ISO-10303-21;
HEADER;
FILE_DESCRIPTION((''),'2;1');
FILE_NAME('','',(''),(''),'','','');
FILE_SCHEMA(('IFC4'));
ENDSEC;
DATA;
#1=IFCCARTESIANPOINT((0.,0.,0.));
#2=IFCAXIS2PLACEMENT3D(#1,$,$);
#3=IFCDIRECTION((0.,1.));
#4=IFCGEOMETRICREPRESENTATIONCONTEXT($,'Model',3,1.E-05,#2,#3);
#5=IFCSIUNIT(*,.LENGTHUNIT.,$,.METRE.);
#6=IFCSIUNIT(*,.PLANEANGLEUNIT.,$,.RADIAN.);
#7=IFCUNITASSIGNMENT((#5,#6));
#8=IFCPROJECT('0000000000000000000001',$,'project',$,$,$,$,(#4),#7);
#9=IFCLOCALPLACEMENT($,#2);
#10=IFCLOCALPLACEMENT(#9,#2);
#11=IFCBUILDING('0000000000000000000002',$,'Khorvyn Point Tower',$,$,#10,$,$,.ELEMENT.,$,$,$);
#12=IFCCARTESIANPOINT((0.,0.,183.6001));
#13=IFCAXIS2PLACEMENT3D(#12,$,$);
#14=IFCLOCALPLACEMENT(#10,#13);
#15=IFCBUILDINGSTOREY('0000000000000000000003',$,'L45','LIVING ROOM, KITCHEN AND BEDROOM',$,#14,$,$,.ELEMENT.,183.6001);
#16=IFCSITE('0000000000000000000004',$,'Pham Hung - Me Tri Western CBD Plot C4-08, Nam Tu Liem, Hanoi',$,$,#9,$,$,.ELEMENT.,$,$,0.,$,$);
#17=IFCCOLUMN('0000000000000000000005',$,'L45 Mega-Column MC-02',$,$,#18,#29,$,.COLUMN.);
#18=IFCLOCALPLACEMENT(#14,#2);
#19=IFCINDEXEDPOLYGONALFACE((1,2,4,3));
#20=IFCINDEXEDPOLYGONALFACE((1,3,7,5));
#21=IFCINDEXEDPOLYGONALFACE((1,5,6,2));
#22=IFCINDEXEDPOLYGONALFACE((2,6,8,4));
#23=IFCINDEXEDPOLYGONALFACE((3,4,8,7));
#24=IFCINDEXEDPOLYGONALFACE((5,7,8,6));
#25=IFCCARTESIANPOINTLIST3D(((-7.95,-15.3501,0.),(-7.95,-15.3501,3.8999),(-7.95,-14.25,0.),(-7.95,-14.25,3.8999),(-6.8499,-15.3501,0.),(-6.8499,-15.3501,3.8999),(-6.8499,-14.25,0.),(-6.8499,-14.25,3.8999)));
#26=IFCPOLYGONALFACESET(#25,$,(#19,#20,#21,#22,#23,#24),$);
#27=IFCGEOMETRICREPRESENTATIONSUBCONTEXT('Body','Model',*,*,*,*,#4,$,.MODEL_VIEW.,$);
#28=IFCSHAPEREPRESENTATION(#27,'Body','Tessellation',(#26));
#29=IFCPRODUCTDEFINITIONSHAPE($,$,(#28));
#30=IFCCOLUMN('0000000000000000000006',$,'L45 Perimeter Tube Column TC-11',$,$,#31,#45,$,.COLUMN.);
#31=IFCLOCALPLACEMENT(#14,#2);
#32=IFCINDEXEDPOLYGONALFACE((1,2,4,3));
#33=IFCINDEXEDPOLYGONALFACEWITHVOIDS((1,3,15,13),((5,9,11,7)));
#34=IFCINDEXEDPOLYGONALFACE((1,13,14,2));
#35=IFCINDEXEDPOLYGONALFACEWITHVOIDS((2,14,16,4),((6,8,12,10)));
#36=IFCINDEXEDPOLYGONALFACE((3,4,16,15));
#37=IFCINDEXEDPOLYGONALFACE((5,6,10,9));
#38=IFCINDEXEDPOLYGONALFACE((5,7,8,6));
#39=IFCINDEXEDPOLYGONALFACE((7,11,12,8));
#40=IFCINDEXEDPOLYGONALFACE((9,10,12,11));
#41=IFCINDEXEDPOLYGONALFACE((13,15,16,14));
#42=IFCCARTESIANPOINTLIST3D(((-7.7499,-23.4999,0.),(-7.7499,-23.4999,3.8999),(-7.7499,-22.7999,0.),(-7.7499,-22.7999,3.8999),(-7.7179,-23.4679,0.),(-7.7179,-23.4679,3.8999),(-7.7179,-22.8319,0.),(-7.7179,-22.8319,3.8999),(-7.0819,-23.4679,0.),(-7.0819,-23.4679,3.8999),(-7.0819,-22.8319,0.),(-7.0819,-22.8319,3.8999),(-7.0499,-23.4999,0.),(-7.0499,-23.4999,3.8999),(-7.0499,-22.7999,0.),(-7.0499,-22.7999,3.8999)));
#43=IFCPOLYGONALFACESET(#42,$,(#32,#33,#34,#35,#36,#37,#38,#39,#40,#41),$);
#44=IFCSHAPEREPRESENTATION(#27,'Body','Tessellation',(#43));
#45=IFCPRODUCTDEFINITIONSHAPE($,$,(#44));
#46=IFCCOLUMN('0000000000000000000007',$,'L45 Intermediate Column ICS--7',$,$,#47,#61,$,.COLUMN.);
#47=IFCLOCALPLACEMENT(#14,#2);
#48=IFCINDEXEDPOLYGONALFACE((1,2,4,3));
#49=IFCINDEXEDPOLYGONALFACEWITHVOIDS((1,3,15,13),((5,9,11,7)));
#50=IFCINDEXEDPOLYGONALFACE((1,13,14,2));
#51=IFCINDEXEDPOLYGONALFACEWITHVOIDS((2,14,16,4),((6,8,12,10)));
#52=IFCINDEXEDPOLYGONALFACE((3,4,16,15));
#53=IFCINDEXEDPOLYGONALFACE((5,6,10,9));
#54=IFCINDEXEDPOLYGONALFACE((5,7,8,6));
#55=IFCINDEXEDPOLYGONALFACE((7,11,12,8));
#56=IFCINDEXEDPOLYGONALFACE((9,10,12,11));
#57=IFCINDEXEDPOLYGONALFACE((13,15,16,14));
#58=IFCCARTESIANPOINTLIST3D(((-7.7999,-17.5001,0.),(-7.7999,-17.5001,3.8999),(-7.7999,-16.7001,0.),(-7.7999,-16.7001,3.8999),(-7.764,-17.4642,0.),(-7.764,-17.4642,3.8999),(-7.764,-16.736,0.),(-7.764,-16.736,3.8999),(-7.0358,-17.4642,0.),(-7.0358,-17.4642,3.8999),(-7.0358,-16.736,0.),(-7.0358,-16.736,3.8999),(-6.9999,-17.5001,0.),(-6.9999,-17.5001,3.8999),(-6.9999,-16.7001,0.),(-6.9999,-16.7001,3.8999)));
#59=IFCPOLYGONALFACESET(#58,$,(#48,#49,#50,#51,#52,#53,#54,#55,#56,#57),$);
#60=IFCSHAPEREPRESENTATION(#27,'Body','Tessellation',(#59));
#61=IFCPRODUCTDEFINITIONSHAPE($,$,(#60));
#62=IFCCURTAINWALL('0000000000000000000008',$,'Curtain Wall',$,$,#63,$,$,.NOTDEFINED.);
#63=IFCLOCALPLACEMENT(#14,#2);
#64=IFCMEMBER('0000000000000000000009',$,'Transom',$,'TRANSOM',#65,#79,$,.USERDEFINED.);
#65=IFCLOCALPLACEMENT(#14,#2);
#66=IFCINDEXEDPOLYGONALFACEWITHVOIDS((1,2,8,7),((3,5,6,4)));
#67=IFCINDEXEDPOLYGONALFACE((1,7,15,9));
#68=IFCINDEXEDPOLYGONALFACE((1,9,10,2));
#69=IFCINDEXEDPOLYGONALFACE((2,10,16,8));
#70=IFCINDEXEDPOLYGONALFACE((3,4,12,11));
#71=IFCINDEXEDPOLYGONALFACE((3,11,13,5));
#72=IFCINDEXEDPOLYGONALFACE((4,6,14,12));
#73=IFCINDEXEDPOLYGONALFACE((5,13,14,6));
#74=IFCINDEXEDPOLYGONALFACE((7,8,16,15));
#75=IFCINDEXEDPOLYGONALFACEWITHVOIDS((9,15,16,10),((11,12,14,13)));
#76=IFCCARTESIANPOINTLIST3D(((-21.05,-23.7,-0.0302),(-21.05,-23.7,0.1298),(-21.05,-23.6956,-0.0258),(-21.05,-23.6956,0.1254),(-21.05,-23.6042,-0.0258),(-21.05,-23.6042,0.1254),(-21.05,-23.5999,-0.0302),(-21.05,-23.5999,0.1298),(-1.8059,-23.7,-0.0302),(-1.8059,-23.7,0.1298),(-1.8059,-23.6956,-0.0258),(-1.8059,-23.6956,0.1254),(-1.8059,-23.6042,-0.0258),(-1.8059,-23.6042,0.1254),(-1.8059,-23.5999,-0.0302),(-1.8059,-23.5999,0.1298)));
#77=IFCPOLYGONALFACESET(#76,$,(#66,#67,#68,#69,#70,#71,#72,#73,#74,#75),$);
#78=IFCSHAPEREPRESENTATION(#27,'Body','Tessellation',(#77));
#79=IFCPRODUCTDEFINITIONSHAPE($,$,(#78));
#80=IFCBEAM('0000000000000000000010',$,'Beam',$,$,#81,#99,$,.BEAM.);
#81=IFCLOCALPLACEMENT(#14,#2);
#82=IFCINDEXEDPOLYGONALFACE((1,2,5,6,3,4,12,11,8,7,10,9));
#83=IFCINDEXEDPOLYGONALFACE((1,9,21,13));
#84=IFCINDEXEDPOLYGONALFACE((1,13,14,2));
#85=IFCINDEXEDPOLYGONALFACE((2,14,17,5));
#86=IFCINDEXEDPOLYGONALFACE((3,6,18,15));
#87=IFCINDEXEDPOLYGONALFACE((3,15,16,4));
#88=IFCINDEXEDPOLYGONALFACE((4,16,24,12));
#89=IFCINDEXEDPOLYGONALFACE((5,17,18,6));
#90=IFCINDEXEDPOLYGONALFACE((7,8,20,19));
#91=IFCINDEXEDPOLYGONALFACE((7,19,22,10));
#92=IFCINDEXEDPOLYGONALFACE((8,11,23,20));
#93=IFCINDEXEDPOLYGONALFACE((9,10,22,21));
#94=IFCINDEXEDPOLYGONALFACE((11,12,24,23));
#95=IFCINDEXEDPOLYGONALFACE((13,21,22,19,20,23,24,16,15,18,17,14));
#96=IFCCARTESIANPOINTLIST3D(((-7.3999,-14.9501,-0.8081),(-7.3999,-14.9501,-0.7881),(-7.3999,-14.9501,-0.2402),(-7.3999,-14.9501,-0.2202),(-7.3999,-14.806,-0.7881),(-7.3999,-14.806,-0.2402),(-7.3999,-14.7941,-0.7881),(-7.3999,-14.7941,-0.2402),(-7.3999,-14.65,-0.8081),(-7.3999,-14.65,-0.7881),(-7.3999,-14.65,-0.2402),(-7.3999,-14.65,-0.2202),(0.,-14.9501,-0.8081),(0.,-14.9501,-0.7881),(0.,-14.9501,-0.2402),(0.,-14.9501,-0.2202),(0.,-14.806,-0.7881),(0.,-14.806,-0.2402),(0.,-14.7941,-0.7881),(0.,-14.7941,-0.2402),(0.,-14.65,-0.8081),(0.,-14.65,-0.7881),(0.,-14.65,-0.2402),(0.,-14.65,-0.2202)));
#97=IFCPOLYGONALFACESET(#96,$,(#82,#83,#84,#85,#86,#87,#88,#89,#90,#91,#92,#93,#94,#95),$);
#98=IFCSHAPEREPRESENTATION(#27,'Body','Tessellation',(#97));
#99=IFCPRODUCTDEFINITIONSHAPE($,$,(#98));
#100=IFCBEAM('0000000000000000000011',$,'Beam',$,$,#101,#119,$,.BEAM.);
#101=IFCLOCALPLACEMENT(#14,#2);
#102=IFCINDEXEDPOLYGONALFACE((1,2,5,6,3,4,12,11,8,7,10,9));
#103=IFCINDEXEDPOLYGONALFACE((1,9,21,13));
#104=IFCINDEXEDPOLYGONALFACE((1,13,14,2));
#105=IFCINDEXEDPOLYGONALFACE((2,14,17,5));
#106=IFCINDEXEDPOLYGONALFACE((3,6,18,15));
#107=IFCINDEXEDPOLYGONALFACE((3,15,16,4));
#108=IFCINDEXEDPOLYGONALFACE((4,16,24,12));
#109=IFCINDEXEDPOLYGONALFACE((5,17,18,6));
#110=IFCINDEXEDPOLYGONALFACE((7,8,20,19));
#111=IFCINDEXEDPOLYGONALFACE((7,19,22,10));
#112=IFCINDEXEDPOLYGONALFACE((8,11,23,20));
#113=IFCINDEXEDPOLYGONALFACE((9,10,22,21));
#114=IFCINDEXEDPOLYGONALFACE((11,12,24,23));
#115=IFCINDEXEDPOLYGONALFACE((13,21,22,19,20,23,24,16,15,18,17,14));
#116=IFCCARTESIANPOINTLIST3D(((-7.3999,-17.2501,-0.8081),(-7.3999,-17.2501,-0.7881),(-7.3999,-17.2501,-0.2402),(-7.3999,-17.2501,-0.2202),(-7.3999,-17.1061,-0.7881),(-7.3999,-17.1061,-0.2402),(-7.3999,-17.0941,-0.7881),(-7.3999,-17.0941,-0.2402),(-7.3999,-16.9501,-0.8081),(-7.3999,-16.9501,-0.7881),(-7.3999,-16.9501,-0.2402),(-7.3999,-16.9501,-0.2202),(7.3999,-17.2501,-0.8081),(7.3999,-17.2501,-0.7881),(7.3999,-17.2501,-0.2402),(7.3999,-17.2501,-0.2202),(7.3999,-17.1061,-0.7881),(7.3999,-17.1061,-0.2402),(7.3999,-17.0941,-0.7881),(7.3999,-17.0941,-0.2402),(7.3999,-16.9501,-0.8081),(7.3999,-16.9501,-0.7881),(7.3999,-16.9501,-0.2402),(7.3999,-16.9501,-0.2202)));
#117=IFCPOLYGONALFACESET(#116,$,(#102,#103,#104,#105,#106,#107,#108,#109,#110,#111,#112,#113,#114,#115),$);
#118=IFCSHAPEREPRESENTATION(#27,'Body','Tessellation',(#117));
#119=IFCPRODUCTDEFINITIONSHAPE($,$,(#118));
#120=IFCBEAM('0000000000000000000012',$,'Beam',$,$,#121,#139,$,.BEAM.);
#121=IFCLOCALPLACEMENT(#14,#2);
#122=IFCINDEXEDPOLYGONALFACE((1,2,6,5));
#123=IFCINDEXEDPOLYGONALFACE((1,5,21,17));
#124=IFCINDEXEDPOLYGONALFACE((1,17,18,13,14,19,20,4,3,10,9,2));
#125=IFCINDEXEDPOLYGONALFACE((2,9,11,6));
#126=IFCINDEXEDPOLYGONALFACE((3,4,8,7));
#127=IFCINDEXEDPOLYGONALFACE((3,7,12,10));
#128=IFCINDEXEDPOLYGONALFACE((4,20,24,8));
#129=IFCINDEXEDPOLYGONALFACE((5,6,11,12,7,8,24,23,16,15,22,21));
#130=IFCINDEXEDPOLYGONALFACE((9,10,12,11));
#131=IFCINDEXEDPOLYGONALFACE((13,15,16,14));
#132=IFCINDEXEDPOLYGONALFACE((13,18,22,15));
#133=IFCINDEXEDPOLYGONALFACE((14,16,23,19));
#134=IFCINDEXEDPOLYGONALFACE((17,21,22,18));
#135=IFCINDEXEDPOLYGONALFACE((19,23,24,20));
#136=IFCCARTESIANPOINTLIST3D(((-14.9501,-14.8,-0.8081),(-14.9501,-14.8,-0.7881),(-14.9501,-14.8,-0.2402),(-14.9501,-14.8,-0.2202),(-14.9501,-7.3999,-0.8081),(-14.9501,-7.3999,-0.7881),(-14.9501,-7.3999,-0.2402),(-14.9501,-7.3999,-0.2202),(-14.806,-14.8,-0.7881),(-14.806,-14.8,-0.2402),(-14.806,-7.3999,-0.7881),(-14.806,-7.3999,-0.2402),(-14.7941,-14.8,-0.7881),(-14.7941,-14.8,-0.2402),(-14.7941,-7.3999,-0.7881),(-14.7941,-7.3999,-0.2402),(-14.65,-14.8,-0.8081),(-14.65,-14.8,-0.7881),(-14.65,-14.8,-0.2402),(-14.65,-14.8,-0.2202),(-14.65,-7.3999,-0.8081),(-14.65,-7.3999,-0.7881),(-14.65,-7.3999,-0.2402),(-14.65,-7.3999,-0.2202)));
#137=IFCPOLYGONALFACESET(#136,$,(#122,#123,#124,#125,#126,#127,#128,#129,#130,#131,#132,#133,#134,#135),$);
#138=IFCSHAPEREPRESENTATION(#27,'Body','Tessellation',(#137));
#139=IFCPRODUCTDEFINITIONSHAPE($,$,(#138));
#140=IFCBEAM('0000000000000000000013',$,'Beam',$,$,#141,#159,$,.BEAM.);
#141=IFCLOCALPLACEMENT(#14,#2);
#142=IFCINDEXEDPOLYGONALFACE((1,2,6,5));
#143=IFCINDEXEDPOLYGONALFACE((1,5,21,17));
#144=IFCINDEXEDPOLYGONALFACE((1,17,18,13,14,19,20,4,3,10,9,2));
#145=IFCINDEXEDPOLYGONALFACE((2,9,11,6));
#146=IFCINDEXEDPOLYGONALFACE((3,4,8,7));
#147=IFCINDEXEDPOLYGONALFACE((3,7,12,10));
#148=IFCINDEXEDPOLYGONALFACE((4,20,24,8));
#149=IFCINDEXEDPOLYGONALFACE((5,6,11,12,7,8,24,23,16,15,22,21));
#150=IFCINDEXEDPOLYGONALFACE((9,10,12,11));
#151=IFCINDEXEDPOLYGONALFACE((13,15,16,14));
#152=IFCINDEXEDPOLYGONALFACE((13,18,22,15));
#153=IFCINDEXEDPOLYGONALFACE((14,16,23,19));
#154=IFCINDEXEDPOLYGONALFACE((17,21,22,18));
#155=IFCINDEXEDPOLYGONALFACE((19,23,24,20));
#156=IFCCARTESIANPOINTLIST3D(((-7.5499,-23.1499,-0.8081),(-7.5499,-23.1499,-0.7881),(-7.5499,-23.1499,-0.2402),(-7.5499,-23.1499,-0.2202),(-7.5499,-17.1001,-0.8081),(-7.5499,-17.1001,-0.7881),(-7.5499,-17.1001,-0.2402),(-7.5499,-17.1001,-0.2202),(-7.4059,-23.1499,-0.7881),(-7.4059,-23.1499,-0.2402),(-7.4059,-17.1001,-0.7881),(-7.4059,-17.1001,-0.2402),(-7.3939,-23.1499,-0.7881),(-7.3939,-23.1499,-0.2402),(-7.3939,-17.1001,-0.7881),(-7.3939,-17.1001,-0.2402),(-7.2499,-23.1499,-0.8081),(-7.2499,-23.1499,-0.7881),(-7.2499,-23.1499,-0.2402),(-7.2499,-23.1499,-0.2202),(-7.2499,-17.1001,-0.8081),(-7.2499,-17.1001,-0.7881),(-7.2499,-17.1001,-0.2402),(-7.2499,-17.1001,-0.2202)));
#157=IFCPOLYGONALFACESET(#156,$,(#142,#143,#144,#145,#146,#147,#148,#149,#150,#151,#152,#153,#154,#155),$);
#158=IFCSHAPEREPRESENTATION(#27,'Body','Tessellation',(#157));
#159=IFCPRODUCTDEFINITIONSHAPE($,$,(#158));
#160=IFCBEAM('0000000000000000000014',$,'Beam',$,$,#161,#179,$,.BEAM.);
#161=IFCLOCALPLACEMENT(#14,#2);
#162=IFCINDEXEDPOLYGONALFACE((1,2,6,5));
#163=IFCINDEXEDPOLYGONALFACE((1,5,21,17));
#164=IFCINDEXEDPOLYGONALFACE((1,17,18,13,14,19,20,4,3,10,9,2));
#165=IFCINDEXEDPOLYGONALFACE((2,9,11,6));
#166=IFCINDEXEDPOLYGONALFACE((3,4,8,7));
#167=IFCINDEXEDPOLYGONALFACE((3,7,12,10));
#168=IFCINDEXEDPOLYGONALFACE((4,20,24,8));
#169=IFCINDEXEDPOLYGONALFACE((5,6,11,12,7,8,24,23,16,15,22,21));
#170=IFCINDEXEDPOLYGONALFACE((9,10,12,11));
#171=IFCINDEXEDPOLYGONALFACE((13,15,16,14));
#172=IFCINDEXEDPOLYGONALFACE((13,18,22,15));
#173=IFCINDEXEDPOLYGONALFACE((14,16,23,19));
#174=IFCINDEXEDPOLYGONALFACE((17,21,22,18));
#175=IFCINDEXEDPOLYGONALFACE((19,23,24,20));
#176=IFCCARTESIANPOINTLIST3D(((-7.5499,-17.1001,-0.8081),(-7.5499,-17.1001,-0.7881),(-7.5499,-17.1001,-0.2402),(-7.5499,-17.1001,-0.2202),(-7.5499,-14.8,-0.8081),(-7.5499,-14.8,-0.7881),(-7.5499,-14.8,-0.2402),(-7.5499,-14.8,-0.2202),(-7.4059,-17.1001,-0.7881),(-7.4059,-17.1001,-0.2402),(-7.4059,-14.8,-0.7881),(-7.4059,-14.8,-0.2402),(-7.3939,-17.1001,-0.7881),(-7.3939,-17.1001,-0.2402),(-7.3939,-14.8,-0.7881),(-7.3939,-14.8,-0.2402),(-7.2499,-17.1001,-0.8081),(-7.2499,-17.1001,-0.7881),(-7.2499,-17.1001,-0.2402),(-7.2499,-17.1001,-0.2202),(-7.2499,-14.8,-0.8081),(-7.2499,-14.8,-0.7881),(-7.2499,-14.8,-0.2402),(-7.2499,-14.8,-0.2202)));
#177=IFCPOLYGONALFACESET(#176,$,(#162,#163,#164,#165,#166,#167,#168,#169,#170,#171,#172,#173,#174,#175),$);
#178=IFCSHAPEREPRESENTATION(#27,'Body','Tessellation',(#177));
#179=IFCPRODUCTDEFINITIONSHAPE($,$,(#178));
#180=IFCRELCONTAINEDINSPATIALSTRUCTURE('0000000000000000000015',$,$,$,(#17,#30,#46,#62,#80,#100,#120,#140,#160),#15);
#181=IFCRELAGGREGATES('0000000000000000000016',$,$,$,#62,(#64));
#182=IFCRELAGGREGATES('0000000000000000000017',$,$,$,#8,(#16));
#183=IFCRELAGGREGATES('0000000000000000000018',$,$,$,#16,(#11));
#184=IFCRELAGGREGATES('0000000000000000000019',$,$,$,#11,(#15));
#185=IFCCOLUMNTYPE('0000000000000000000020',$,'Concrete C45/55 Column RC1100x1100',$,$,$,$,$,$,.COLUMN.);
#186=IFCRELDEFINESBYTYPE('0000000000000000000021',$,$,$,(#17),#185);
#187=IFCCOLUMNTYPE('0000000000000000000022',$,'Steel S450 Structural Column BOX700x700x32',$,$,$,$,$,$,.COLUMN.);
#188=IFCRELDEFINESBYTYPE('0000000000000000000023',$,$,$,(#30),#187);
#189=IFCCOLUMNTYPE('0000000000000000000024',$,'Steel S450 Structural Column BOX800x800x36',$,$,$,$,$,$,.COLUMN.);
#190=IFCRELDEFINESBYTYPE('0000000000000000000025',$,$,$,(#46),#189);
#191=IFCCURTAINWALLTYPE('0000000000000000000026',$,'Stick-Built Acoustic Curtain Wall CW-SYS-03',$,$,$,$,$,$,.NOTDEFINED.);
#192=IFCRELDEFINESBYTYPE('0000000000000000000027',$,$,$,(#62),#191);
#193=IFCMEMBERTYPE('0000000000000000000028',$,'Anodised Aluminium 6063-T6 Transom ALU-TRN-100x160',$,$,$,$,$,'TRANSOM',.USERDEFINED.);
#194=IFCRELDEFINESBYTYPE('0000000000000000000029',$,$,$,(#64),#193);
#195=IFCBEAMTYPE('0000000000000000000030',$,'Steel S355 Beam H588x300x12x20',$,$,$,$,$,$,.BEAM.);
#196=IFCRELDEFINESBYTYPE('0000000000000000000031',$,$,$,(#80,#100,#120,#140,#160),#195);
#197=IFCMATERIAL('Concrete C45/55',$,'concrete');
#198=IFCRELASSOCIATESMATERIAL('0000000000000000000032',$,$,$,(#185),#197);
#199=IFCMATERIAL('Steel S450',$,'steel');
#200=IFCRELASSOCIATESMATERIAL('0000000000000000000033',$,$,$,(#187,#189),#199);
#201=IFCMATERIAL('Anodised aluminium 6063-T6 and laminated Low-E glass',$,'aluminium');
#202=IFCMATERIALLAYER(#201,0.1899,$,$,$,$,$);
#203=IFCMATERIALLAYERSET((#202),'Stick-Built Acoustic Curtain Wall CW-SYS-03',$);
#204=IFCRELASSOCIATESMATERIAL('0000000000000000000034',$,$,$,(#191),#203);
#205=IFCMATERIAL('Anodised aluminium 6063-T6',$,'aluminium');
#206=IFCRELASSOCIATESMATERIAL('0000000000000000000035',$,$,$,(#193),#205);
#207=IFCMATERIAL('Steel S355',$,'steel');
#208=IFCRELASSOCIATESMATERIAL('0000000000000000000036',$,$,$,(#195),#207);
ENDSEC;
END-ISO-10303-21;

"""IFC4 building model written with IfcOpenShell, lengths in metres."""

from ifc_helpers import new_model, si_unit, direction, frame, origin, origin_2d, place, context, subcontext, project, spatial, rectangle, hollow_rectangle, i_section, extrude, material, layer, layer_set, material_profile, profile_set, type_object, element, aggregate, save


model = new_model("IFC4")

# Units and contexts
model_context = context("Model", 3, precision=1e-05, world=origin(), true_north=direction((0.0, 1.0)))
body_context = subcontext(model_context, "Body", "Model", "MODEL_VIEW")
ifc_project = project(units=[si_unit("LENGTHUNIT", "METRE"), si_unit("PLANEANGLEUNIT", "RADIAN")], contexts=[model_context])

# Site, building, storey
site_placement = place(None, origin())
site = spatial("IfcSite", under=ifc_project, at=site_placement, Name="Pham Hung - Me Tri Western CBD Plot C4-08, Nam Tu Liem, Hanoi", CompositionType="ELEMENT", RefElevation=0.0)
building_placement = place(site_placement, origin())
building = spatial("IfcBuilding", under=site, at=building_placement, Name="Khorvyn Point Tower", CompositionType="ELEMENT")
storey_placement = place(building_placement, frame((0.0, 0.0, 183.6001)))
storey = spatial("IfcBuildingStorey", under=building, at=storey_placement, Name="L45", Description="LIVING ROOM, KITCHEN AND BEDROOM", CompositionType="ELEMENT", Elevation=183.6001)

# Columns
ifc_material_1 = material(Name="Concrete C45/55", Category="concrete")
ifc_material_profile_1 = material_profile(ifc_material_1, rectangle(XDim=1.1001, YDim=1.1001, at=origin_2d()))
ifc_profile_set_1 = profile_set([ifc_material_profile_1], Name="Concrete C45/55 RC1100x1100")
column_type_1 = type_object("IfcColumnType", Name="Concrete C45/55 Column RC1100x1100", PredefinedType="COLUMN", material=ifc_profile_set_1)
column_1_placement = place(storey_placement, frame((-7.3999, -14.8, 0.0), z_axis=(0.0, 0.0, 1.0), x_axis=(1.0, 0.0, 0.0)))
element("IfcColumn", 1, at=column_1_placement, inside=storey, type_object=column_type_1, Name="L45 Mega-Column MC-02", PredefinedType="COLUMN", context=body_context, shape_type="SweptSolid", body=[
    extrude(rectangle(XDim=1.1001, YDim=1.1001, at=origin_2d()), origin(), (0.0, 0.0, 1.0), 3.8999),
])
ifc_material_2 = material(Name="Steel S450", Category="steel")
ifc_material_profile_2 = material_profile(ifc_material_2, hollow_rectangle(XDim=0.7, YDim=0.7, WallThickness=0.032, at=origin_2d()))
ifc_profile_set_2 = profile_set([ifc_material_profile_2], Name="Steel S450 BOX700x700x32")
column_type_2 = type_object("IfcColumnType", Name="Steel S450 Structural Column BOX700x700x32", PredefinedType="COLUMN", material=ifc_profile_set_2)
column_2_placement = place(storey_placement, frame((-7.3999, -23.1499, 0.0), z_axis=(0.0, 0.0, 1.0), x_axis=(1.0, 0.0, 0.0)))
element("IfcColumn", 2, at=column_2_placement, inside=storey, type_object=column_type_2, Name="L45 Perimeter Tube Column TC-11", PredefinedType="COLUMN", context=body_context, shape_type="SweptSolid", body=[
    extrude(hollow_rectangle(XDim=0.7, YDim=0.7, WallThickness=0.032, at=origin_2d()), origin(), (0.0, 0.0, 1.0), 3.8999),
])
ifc_material_profile_3 = material_profile(ifc_material_2, hollow_rectangle(XDim=0.8, YDim=0.8, WallThickness=0.0359, at=origin_2d()))
ifc_profile_set_3 = profile_set([ifc_material_profile_3], Name="Steel S450 BOX800x800x36")
column_type_3 = type_object("IfcColumnType", Name="Steel S450 Structural Column BOX800x800x36", PredefinedType="COLUMN", material=ifc_profile_set_3)
column_3_placement = place(storey_placement, frame((-7.3999, -17.1001, 0.0), z_axis=(0.0, 0.0, 1.0), x_axis=(1.0, 0.0, 0.0)))
element("IfcColumn", 3, at=column_3_placement, inside=storey, type_object=column_type_3, Name="L45 Intermediate Column ICS--7", PredefinedType="COLUMN", context=body_context, shape_type="SweptSolid", body=[
    extrude(hollow_rectangle(XDim=0.8, YDim=0.8, WallThickness=0.0359, at=origin_2d()), origin(), (0.0, 0.0, 1.0), 3.8999),
])

# Curtain wall, member
ifc_material_3 = material(Name="Anodised aluminium 6063-T6 and laminated Low-E glass", Category="aluminium")
ifc_layer_1 = layer(ifc_material_3, 0.1899)
ifc_layer_set_1 = layer_set([ifc_layer_1], Name="Stick-Built Acoustic Curtain Wall CW-SYS-03")
curtain_wall_type = type_object("IfcCurtainWallType", Name="Stick-Built Acoustic Curtain Wall CW-SYS-03", PredefinedType="NOTDEFINED", material=ifc_layer_set_1)
curtain_wall_placement = place(storey_placement, origin())
curtain_wall = element("IfcCurtainWall", 4, at=curtain_wall_placement, inside=storey, type_object=curtain_wall_type, Name="Curtain Wall", PredefinedType="NOTDEFINED")
ifc_material_4 = material(Name="Anodised aluminium 6063-T6", Category="aluminium")
ifc_material_profile_4 = material_profile(ifc_material_4, hollow_rectangle(XDim=0.1001, YDim=0.1599, WallThickness=0.0044, at=origin_2d()))
ifc_profile_set_4 = profile_set([ifc_material_profile_4], Name="Anodised aluminium 6063-T6 ALU-TRN-100x160")
member_type = type_object("IfcMemberType", Name="Anodised Aluminium 6063-T6 Transom ALU-TRN-100x160", ElementType="TRANSOM", PredefinedType="USERDEFINED", material=ifc_profile_set_4)
member_placement = place(storey_placement, frame((-1.8059, -23.6499, 0.0498), z_axis=(-1.0, 0.0, 0.0), x_axis=(0.0, -1.0, 0.0)))
member = element("IfcMember", 5, at=member_placement, type_object=member_type, Name="Transom", ObjectType="TRANSOM", PredefinedType="USERDEFINED", context=body_context, shape_type="SweptSolid", body=[
    extrude(hollow_rectangle(XDim=0.1001, YDim=0.1599, WallThickness=0.0044, at=origin_2d()), origin(), (0.0, 0.0, 1.0), 19.2441),
])

# Beams
ifc_material_5 = material(Name="Steel S355", Category="steel")
ifc_material_profile_5 = material_profile(ifc_material_5, i_section(OverallWidth=0.3, OverallDepth=0.5879, WebThickness=0.012, FlangeThickness=0.02, at=origin_2d()))
ifc_profile_set_5 = profile_set([ifc_material_profile_5], Name="Steel S355 H588x300x12x20")
beam_type_1 = type_object("IfcBeamType", Name="Steel S355 Beam H588x300x12x20", PredefinedType="BEAM", material=ifc_profile_set_5)
beam_1_placement = place(storey_placement, frame((-7.3999, -14.8, -0.5142), z_axis=(1.0, 0.0, 0.0), x_axis=(0.0, 1.0, 0.0)))
element("IfcBeam", 6, at=beam_1_placement, inside=storey, type_object=beam_type_1, Name="Beam", PredefinedType="BEAM", context=body_context, shape_type="SweptSolid", body=[
    extrude(i_section(OverallWidth=0.3, OverallDepth=0.5879, WebThickness=0.012, FlangeThickness=0.02, at=origin_2d()), origin(), (0.0, 0.0, 1.0), 7.3999),
])
beam_2_placement = place(storey_placement, frame((-7.3999, -17.1001, -0.5142), z_axis=(1.0, 0.0, 0.0), x_axis=(0.0, 1.0, 0.0)))
element("IfcBeam", 7, at=beam_2_placement, inside=storey, type_object=beam_type_1, Name="Beam", PredefinedType="BEAM", context=body_context, shape_type="SweptSolid", body=[
    extrude(i_section(OverallWidth=0.3, OverallDepth=0.5879, WebThickness=0.012, FlangeThickness=0.02, at=origin_2d()), origin(), (0.0, 0.0, 1.0), 14.7998),
])
beam_3_placement = place(storey_placement, frame((-14.8, -14.8, -0.5142), z_axis=(0.0, 1.0, 0.0), x_axis=(-1.0, 0.0, 0.0)))
element("IfcBeam", 8, at=beam_3_placement, inside=storey, type_object=beam_type_1, Name="Beam", PredefinedType="BEAM", context=body_context, shape_type="SweptSolid", body=[
    extrude(i_section(OverallWidth=0.3, OverallDepth=0.5879, WebThickness=0.012, FlangeThickness=0.02, at=origin_2d()), origin(), (0.0, 0.0, 1.0), 7.4001),
])
beam_4_placement = place(storey_placement, frame((-7.3999, -23.1499, -0.5142), z_axis=(0.0, 1.0, 0.0), x_axis=(-1.0, 0.0, 0.0)))
element("IfcBeam", 9, at=beam_4_placement, inside=storey, type_object=beam_type_1, Name="Beam", PredefinedType="BEAM", context=body_context, shape_type="SweptSolid", body=[
    extrude(i_section(OverallWidth=0.3, OverallDepth=0.5879, WebThickness=0.012, FlangeThickness=0.02, at=origin_2d()), origin(), (0.0, 0.0, 1.0), 6.0498),
])
beam_5_placement = place(storey_placement, frame((-7.3999, -17.1001, -0.5142), z_axis=(0.0, 1.0, 0.0), x_axis=(-1.0, 0.0, 0.0)))
element("IfcBeam", 10, at=beam_5_placement, inside=storey, type_object=beam_type_1, Name="Beam", PredefinedType="BEAM", context=body_context, shape_type="SweptSolid", body=[
    extrude(i_section(OverallWidth=0.3, OverallDepth=0.5879, WebThickness=0.012, FlangeThickness=0.02, at=origin_2d()), origin(), (0.0, 0.0, 1.0), 2.3),
])

aggregate(curtain_wall, [member])

save(model, "model.ifc")
